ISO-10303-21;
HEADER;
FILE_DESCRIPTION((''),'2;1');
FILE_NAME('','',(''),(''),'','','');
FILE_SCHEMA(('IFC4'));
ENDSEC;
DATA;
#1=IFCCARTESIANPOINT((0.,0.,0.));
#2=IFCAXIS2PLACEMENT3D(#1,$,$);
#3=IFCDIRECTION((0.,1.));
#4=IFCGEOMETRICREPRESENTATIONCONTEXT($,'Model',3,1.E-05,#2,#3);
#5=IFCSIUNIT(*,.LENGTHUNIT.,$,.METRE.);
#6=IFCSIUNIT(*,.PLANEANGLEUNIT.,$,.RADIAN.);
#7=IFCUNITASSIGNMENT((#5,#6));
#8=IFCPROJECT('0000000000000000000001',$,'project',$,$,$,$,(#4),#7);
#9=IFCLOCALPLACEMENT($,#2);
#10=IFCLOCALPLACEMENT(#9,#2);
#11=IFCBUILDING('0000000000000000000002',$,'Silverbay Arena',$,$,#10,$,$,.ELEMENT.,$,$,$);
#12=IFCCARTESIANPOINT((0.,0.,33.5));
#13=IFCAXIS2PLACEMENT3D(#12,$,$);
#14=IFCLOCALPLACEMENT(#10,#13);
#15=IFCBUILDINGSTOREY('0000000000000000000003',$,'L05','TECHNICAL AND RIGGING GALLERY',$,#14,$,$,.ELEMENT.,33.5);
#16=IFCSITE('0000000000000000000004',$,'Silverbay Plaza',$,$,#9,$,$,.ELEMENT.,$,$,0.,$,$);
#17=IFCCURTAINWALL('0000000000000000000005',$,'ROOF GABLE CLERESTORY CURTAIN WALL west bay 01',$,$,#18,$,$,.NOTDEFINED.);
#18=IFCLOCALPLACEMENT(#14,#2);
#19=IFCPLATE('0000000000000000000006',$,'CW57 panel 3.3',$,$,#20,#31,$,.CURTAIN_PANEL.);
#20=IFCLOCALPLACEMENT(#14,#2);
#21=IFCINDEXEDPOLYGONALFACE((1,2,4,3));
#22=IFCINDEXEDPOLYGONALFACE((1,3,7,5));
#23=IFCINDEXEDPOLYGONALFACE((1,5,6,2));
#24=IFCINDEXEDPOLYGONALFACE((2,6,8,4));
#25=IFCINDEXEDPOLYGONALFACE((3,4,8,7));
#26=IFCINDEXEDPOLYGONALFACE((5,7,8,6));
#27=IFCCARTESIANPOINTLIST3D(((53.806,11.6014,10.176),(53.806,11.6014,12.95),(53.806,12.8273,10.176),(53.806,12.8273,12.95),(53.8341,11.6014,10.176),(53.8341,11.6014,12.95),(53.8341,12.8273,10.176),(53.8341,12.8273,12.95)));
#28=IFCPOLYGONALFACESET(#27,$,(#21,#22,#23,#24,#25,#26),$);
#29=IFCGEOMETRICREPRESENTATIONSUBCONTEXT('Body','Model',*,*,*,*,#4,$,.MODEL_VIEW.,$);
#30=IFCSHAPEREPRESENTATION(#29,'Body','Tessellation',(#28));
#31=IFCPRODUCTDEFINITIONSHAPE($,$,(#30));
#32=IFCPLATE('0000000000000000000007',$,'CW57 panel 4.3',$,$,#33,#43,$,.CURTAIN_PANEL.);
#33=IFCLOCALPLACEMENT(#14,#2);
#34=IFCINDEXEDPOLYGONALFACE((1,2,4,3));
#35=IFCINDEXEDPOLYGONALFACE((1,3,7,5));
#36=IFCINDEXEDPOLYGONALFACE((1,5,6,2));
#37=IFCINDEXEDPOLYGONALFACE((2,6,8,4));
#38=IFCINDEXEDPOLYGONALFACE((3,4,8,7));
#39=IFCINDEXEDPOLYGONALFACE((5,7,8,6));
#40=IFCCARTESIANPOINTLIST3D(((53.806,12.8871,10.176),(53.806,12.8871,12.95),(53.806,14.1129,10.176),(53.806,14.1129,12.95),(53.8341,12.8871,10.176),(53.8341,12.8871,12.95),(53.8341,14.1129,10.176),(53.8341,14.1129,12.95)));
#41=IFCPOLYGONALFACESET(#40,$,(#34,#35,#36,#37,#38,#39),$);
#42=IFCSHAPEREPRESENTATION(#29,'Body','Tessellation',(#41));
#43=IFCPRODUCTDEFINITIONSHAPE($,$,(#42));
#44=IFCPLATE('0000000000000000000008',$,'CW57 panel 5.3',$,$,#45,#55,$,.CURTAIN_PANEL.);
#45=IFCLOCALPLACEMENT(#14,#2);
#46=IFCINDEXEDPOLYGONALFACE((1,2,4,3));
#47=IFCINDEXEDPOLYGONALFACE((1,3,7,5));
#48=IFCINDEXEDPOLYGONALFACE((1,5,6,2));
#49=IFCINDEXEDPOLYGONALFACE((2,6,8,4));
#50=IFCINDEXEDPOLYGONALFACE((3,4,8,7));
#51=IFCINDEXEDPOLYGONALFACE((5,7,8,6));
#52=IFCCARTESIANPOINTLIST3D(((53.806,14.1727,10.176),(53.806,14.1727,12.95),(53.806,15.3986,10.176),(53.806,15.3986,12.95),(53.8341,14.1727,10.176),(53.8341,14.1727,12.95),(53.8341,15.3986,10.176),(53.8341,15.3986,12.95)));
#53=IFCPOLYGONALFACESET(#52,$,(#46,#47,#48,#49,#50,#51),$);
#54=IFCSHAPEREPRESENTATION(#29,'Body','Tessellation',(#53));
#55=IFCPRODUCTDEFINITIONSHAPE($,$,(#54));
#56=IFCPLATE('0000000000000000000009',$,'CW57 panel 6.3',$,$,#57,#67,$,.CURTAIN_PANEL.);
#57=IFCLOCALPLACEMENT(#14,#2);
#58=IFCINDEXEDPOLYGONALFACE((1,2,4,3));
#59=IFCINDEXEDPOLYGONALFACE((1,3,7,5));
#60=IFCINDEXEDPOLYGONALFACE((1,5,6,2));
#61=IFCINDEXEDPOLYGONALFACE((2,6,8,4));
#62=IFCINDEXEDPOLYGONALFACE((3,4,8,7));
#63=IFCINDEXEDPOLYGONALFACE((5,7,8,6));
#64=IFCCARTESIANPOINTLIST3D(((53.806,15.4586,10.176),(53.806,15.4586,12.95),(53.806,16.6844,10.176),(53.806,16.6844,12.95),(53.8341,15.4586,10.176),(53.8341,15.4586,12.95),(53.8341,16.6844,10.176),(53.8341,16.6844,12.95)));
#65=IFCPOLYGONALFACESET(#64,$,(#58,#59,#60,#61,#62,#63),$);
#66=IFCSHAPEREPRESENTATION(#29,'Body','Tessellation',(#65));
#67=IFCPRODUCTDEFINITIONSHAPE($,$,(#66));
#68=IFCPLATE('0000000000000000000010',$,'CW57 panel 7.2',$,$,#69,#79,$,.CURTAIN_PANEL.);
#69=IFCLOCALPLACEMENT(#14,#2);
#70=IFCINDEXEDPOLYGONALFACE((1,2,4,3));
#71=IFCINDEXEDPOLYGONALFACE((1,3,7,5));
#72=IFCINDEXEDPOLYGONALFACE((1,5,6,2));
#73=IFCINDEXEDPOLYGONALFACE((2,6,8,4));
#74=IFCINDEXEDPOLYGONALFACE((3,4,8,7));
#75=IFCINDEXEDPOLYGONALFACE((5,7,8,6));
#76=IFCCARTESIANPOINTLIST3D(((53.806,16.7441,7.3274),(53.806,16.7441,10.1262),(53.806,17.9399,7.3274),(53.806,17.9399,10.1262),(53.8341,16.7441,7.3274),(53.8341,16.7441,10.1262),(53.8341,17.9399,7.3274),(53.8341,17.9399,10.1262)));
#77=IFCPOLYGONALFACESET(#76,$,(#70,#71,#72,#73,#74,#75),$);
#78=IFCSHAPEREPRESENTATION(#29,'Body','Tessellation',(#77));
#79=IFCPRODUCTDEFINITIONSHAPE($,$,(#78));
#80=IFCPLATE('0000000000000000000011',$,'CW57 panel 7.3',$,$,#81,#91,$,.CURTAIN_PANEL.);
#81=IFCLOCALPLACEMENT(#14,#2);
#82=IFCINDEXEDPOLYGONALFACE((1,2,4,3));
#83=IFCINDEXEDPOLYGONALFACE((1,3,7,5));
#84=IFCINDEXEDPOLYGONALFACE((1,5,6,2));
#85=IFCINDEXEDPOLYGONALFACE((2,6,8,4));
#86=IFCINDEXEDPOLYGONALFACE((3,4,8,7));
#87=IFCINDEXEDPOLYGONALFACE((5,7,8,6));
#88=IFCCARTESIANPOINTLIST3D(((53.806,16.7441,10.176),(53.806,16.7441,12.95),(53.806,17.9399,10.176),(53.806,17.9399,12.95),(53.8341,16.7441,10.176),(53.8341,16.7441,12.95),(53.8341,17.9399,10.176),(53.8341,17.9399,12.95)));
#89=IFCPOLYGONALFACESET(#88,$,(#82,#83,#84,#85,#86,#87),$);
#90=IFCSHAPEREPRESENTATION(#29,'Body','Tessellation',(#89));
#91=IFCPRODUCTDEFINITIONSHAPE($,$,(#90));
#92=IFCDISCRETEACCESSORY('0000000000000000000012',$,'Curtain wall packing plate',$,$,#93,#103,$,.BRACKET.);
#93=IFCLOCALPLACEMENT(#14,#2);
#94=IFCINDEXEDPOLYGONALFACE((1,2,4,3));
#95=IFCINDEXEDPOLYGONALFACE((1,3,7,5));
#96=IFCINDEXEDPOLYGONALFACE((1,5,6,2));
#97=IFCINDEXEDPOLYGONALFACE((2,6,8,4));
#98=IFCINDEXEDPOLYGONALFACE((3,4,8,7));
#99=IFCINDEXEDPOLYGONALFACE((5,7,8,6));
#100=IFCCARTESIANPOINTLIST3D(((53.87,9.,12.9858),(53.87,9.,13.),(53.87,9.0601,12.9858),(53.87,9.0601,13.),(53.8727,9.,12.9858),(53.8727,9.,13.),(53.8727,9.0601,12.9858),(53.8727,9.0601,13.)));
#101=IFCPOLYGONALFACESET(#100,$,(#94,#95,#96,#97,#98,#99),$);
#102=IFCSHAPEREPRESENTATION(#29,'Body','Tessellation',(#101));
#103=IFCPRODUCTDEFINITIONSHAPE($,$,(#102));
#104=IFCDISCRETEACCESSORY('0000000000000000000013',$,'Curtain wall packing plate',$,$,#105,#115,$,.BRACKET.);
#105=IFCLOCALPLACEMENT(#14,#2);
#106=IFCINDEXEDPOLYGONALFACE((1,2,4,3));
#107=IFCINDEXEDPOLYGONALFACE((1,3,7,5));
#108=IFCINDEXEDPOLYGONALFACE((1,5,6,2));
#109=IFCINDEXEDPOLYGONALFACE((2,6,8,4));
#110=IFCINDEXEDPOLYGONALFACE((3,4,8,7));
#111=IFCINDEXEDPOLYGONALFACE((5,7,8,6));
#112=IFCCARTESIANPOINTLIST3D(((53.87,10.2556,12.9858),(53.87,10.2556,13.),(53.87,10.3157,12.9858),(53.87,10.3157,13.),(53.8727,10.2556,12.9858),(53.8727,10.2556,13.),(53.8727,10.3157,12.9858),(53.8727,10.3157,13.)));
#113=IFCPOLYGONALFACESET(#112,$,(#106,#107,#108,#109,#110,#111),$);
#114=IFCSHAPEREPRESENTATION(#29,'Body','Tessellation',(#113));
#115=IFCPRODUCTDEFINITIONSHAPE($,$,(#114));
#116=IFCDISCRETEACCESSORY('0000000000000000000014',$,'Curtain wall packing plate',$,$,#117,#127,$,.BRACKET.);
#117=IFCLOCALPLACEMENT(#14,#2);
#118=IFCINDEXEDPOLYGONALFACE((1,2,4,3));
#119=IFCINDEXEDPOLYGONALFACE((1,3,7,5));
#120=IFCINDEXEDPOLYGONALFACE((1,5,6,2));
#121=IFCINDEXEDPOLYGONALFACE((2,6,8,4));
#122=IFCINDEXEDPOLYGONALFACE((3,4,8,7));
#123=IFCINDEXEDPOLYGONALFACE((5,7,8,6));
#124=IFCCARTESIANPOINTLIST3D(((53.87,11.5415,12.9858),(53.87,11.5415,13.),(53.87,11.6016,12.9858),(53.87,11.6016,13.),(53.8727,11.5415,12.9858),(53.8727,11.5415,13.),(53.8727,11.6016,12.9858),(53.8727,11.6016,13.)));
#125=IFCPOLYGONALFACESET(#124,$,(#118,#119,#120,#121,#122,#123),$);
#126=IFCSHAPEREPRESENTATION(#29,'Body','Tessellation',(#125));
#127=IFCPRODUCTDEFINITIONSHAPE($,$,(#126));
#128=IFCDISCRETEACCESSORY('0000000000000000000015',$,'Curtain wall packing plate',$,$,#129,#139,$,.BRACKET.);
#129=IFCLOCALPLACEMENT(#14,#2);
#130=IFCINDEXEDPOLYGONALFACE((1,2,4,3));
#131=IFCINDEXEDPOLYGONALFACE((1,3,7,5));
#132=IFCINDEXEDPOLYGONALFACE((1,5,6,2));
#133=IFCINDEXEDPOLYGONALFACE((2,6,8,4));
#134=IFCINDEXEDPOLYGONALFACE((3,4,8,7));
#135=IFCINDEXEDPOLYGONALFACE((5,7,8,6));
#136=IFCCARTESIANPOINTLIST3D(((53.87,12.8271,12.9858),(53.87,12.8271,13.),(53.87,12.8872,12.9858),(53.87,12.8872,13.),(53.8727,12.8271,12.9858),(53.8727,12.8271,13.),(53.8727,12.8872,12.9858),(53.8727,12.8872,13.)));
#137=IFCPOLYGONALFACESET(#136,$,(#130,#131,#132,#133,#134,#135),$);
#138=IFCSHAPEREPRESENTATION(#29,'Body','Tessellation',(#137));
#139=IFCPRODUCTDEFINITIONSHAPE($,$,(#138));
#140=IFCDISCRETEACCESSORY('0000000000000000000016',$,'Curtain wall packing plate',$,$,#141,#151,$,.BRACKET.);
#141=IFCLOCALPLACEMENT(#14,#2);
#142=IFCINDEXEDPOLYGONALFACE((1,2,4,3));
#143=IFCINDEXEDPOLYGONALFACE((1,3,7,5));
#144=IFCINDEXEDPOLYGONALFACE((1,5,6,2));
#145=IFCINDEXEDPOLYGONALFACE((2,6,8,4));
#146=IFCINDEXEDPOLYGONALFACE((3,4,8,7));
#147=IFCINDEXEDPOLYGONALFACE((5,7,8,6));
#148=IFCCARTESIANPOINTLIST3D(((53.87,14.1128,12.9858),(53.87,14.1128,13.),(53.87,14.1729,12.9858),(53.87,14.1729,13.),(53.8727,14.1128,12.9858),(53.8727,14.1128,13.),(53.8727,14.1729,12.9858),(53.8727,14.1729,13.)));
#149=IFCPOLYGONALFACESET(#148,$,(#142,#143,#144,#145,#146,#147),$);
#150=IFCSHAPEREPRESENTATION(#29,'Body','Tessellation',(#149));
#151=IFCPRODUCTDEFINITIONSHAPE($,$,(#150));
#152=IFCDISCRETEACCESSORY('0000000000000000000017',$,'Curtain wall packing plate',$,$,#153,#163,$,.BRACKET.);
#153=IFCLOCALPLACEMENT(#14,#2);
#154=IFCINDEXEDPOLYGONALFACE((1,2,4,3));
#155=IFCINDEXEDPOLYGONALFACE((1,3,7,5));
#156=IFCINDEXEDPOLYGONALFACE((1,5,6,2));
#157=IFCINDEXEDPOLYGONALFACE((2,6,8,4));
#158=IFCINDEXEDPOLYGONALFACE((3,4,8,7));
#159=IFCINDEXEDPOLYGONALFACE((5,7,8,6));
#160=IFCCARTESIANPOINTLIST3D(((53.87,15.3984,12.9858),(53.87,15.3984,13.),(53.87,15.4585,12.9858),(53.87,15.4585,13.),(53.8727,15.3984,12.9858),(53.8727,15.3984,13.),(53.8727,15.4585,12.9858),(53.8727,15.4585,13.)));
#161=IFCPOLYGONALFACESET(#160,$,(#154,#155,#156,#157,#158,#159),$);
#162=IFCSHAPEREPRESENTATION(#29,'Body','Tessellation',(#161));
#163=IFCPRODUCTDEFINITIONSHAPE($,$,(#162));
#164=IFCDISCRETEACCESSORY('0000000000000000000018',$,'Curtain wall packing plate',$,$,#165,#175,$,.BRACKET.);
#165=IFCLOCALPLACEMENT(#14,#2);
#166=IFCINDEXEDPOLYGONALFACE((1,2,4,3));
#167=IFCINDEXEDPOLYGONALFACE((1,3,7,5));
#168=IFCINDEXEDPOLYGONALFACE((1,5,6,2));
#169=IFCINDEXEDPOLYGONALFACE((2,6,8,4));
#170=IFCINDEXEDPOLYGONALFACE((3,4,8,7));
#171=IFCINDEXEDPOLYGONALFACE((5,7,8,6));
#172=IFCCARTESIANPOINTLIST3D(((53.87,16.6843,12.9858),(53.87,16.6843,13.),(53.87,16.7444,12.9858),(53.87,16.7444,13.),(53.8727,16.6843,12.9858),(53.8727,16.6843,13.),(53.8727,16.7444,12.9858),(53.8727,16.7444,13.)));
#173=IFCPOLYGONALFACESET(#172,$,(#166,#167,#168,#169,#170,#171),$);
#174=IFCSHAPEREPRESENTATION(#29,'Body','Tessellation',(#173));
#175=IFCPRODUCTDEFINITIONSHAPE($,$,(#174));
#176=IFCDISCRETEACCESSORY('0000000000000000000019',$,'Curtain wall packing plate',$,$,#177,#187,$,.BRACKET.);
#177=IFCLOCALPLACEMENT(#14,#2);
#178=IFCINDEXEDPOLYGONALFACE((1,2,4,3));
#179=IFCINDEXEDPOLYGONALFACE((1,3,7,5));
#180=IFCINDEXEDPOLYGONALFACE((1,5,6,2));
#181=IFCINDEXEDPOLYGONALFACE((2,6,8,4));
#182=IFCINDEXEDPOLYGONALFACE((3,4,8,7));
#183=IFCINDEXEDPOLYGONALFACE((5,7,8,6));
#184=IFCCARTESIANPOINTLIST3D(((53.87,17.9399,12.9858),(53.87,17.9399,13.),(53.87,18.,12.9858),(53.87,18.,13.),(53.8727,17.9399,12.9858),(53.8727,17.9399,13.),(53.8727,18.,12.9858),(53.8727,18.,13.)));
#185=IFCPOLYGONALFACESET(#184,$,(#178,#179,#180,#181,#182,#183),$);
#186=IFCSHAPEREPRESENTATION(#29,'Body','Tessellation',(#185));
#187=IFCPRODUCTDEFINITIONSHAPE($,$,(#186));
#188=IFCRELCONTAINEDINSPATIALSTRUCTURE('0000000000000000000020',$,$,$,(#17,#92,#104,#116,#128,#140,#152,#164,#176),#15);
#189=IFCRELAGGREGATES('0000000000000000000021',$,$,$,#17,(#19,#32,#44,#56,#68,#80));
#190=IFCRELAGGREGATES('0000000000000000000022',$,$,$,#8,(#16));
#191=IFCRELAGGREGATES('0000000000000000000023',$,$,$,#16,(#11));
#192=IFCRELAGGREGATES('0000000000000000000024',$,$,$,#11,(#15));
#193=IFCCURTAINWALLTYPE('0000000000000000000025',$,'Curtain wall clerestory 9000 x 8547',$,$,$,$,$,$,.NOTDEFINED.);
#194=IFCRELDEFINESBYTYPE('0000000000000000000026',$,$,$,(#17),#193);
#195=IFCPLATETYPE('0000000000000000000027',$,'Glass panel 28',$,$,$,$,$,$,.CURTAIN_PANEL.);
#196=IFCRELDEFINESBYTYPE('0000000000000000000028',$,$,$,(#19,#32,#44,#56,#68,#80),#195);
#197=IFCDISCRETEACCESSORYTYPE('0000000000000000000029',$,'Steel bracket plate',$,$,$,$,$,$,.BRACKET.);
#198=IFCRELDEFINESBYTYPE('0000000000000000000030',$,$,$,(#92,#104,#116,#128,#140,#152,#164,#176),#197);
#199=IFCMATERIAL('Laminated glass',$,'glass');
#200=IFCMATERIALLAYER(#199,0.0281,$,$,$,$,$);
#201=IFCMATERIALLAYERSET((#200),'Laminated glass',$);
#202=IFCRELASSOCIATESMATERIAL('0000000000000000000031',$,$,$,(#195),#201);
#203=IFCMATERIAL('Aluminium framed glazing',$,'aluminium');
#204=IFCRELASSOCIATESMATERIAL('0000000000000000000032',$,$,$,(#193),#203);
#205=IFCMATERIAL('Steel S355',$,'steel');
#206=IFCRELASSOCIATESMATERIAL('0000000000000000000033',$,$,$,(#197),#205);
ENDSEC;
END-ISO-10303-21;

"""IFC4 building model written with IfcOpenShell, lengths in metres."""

from ifc_helpers import new_model, si_unit, direction, frame, origin, origin_2d, place, context, subcontext, project, spatial, rectangle, extrude, material, layer, layer_set, type_object, element, aggregate, save


model = new_model("IFC4")

# Units and contexts
model_context = context("Model", 3, precision=1e-05, world=origin(), true_north=direction((0.0, 1.0)))
body_context = subcontext(model_context, "Body", "Model", "MODEL_VIEW")
ifc_project = project(units=[si_unit("LENGTHUNIT", "METRE"), si_unit("PLANEANGLEUNIT", "RADIAN")], contexts=[model_context])

# Site, building, storey
site_placement = place(None, origin())
site = spatial("IfcSite", under=ifc_project, at=site_placement, Name="Silverbay Plaza", CompositionType="ELEMENT", RefElevation=0.0)
building_placement = place(site_placement, origin())
building = spatial("IfcBuilding", under=site, at=building_placement, Name="Silverbay Arena", CompositionType="ELEMENT")
storey_placement = place(building_placement, frame((0.0, 0.0, 33.5)))
storey = spatial("IfcBuildingStorey", under=building, at=storey_placement, Name="L05", Description="TECHNICAL AND RIGGING GALLERY", CompositionType="ELEMENT", Elevation=33.5)

# Shared definitions
ifc_material_1 = material(Name="Laminated glass", Category="glass")
ifc_layer = layer(ifc_material_1, 0.0281)
ifc_layer_set = layer_set([ifc_layer], Name="Laminated glass")
plate_type = type_object("IfcPlateType", Name="Glass panel 28", PredefinedType="CURTAIN_PANEL", material=ifc_layer_set)

# Curtain wall, plates
ifc_material_2 = material(Name="Aluminium framed glazing", Category="aluminium")
curtain_wall_type_1 = type_object("IfcCurtainWallType", Name="Curtain wall clerestory 9000 x 8547", PredefinedType="NOTDEFINED", material=ifc_material_2)
curtain_wall_1_placement = place(storey_placement, origin())
curtain_wall_1 = element("IfcCurtainWall", 1, at=curtain_wall_1_placement, inside=storey, type_object=curtain_wall_type_1, Name="ROOF GABLE CLERESTORY CURTAIN WALL west bay 01", PredefinedType="NOTDEFINED")
plate_1_placement = place(storey_placement, frame((53.8201, 12.2144, 10.176), z_axis=(0.0, 0.0, 1.0), x_axis=(0.0, 1.0, 0.0)))
plate_1 = element("IfcPlate", 2, at=plate_1_placement, type_object=plate_type, Name="CW57 panel 3.3", PredefinedType="CURTAIN_PANEL", context=body_context, shape_type="SweptSolid", body=[
    extrude(rectangle(XDim=1.2258, YDim=0.0281, at=origin_2d()), origin(), (0.0, 0.0, 1.0), 2.7739),
])
plate_2_placement = place(storey_placement, frame((53.8201, 13.5, 10.176), z_axis=(0.0, 0.0, 1.0), x_axis=(0.0, 1.0, 0.0)))
plate_2 = element("IfcPlate", 3, at=plate_2_placement, type_object=plate_type, Name="CW57 panel 4.3", PredefinedType="CURTAIN_PANEL", context=body_context, shape_type="SweptSolid", body=[
    extrude(rectangle(XDim=1.2258, YDim=0.0281, at=origin_2d()), origin(), (0.0, 0.0, 1.0), 2.7739),
])
plate_3_placement = place(storey_placement, frame((53.8201, 14.7856, 10.176), z_axis=(0.0, 0.0, 1.0), x_axis=(0.0, 1.0, 0.0)))
plate_3 = element("IfcPlate", 4, at=plate_3_placement, type_object=plate_type, Name="CW57 panel 5.3", PredefinedType="CURTAIN_PANEL", context=body_context, shape_type="SweptSolid", body=[
    extrude(rectangle(XDim=1.2258, YDim=0.0281, at=origin_2d()), origin(), (0.0, 0.0, 1.0), 2.7739),
])
plate_4_placement = place(storey_placement, frame((53.8201, 16.0715, 10.176), z_axis=(0.0, 0.0, 1.0), x_axis=(0.0, 1.0, 0.0)))
plate_4 = element("IfcPlate", 5, at=plate_4_placement, type_object=plate_type, Name="CW57 panel 6.3", PredefinedType="CURTAIN_PANEL", context=body_context, shape_type="SweptSolid", body=[
    extrude(rectangle(XDim=1.2258, YDim=0.0281, at=origin_2d()), origin(), (0.0, 0.0, 1.0), 2.7739),
])
plate_5_placement = place(storey_placement, frame((53.8201, 17.342, 7.3274), z_axis=(0.0, 0.0, 1.0), x_axis=(0.0, 1.0, 0.0)))
plate_5 = element("IfcPlate", 6, at=plate_5_placement, type_object=plate_type, Name="CW57 panel 7.2", PredefinedType="CURTAIN_PANEL", context=body_context, shape_type="SweptSolid", body=[
    extrude(rectangle(XDim=1.1958, YDim=0.0281, at=origin_2d()), origin(), (0.0, 0.0, 1.0), 2.7988),
])
plate_6_placement = place(storey_placement, frame((53.8201, 17.342, 10.176), z_axis=(0.0, 0.0, 1.0), x_axis=(0.0, 1.0, 0.0)))
plate_6 = element("IfcPlate", 7, at=plate_6_placement, type_object=plate_type, Name="CW57 panel 7.3", PredefinedType="CURTAIN_PANEL", context=body_context, shape_type="SweptSolid", body=[
    extrude(rectangle(XDim=1.1958, YDim=0.0281, at=origin_2d()), origin(), (0.0, 0.0, 1.0), 2.7739),
])
aggregate(curtain_wall_1, [plate_1, plate_2, plate_3, plate_4, plate_5, plate_6])

# Discrete accessories
ifc_material_3 = material(Name="Steel S355", Category="steel")
discrete_accessory_type = type_object("IfcDiscreteAccessoryType", Name="Steel bracket plate", PredefinedType="BRACKET", material=ifc_material_3)
for number, where, z_axis, x_axis, name in (
    (8, (53.8713, 9.03, 12.9858), (0.0, 0.0, 1.0), (1.0, 0.0, 0.0), "Curtain wall packing plate"),
    (9, (53.8713, 10.2856, 12.9858), (0.0, 0.0, 1.0), (1.0, 0.0, 0.0), "Curtain wall packing plate"),
    (10, (53.8713, 11.5715, 12.9858), (0.0, 0.0, 1.0), (1.0, 0.0, 0.0), "Curtain wall packing plate"),
    (11, (53.8713, 12.8572, 12.9858), (0.0, 0.0, 1.0), (1.0, 0.0, 0.0), "Curtain wall packing plate"),
    (12, (53.8713, 14.1428, 12.9858), (0.0, 0.0, 1.0), (1.0, 0.0, 0.0), "Curtain wall packing plate"),
    (13, (53.8713, 15.4285, 12.9858), (0.0, 0.0, 1.0), (1.0, 0.0, 0.0), "Curtain wall packing plate"),
    (14, (53.8713, 16.7144, 12.9858), (0.0, 0.0, 1.0), (1.0, 0.0, 0.0), "Curtain wall packing plate"),
    (15, (53.8713, 17.97, 12.9858), (0.0, 0.0, 1.0), (1.0, 0.0, 0.0), "Curtain wall packing plate"),
):
    element("IfcDiscreteAccessory", number, at=place(storey_placement, frame(where, z_axis=z_axis, x_axis=x_axis)), inside=storey, type_object=discrete_accessory_type, Name=name, PredefinedType="BRACKET", context=body_context, shape_type="SweptSolid", body=[
        extrude(rectangle(XDim=0.0027, YDim=0.0601, at=origin_2d()), origin(), (0.0, 0.0, 1.0), 0.0142),
    ])

save(model, "model.ifc")
